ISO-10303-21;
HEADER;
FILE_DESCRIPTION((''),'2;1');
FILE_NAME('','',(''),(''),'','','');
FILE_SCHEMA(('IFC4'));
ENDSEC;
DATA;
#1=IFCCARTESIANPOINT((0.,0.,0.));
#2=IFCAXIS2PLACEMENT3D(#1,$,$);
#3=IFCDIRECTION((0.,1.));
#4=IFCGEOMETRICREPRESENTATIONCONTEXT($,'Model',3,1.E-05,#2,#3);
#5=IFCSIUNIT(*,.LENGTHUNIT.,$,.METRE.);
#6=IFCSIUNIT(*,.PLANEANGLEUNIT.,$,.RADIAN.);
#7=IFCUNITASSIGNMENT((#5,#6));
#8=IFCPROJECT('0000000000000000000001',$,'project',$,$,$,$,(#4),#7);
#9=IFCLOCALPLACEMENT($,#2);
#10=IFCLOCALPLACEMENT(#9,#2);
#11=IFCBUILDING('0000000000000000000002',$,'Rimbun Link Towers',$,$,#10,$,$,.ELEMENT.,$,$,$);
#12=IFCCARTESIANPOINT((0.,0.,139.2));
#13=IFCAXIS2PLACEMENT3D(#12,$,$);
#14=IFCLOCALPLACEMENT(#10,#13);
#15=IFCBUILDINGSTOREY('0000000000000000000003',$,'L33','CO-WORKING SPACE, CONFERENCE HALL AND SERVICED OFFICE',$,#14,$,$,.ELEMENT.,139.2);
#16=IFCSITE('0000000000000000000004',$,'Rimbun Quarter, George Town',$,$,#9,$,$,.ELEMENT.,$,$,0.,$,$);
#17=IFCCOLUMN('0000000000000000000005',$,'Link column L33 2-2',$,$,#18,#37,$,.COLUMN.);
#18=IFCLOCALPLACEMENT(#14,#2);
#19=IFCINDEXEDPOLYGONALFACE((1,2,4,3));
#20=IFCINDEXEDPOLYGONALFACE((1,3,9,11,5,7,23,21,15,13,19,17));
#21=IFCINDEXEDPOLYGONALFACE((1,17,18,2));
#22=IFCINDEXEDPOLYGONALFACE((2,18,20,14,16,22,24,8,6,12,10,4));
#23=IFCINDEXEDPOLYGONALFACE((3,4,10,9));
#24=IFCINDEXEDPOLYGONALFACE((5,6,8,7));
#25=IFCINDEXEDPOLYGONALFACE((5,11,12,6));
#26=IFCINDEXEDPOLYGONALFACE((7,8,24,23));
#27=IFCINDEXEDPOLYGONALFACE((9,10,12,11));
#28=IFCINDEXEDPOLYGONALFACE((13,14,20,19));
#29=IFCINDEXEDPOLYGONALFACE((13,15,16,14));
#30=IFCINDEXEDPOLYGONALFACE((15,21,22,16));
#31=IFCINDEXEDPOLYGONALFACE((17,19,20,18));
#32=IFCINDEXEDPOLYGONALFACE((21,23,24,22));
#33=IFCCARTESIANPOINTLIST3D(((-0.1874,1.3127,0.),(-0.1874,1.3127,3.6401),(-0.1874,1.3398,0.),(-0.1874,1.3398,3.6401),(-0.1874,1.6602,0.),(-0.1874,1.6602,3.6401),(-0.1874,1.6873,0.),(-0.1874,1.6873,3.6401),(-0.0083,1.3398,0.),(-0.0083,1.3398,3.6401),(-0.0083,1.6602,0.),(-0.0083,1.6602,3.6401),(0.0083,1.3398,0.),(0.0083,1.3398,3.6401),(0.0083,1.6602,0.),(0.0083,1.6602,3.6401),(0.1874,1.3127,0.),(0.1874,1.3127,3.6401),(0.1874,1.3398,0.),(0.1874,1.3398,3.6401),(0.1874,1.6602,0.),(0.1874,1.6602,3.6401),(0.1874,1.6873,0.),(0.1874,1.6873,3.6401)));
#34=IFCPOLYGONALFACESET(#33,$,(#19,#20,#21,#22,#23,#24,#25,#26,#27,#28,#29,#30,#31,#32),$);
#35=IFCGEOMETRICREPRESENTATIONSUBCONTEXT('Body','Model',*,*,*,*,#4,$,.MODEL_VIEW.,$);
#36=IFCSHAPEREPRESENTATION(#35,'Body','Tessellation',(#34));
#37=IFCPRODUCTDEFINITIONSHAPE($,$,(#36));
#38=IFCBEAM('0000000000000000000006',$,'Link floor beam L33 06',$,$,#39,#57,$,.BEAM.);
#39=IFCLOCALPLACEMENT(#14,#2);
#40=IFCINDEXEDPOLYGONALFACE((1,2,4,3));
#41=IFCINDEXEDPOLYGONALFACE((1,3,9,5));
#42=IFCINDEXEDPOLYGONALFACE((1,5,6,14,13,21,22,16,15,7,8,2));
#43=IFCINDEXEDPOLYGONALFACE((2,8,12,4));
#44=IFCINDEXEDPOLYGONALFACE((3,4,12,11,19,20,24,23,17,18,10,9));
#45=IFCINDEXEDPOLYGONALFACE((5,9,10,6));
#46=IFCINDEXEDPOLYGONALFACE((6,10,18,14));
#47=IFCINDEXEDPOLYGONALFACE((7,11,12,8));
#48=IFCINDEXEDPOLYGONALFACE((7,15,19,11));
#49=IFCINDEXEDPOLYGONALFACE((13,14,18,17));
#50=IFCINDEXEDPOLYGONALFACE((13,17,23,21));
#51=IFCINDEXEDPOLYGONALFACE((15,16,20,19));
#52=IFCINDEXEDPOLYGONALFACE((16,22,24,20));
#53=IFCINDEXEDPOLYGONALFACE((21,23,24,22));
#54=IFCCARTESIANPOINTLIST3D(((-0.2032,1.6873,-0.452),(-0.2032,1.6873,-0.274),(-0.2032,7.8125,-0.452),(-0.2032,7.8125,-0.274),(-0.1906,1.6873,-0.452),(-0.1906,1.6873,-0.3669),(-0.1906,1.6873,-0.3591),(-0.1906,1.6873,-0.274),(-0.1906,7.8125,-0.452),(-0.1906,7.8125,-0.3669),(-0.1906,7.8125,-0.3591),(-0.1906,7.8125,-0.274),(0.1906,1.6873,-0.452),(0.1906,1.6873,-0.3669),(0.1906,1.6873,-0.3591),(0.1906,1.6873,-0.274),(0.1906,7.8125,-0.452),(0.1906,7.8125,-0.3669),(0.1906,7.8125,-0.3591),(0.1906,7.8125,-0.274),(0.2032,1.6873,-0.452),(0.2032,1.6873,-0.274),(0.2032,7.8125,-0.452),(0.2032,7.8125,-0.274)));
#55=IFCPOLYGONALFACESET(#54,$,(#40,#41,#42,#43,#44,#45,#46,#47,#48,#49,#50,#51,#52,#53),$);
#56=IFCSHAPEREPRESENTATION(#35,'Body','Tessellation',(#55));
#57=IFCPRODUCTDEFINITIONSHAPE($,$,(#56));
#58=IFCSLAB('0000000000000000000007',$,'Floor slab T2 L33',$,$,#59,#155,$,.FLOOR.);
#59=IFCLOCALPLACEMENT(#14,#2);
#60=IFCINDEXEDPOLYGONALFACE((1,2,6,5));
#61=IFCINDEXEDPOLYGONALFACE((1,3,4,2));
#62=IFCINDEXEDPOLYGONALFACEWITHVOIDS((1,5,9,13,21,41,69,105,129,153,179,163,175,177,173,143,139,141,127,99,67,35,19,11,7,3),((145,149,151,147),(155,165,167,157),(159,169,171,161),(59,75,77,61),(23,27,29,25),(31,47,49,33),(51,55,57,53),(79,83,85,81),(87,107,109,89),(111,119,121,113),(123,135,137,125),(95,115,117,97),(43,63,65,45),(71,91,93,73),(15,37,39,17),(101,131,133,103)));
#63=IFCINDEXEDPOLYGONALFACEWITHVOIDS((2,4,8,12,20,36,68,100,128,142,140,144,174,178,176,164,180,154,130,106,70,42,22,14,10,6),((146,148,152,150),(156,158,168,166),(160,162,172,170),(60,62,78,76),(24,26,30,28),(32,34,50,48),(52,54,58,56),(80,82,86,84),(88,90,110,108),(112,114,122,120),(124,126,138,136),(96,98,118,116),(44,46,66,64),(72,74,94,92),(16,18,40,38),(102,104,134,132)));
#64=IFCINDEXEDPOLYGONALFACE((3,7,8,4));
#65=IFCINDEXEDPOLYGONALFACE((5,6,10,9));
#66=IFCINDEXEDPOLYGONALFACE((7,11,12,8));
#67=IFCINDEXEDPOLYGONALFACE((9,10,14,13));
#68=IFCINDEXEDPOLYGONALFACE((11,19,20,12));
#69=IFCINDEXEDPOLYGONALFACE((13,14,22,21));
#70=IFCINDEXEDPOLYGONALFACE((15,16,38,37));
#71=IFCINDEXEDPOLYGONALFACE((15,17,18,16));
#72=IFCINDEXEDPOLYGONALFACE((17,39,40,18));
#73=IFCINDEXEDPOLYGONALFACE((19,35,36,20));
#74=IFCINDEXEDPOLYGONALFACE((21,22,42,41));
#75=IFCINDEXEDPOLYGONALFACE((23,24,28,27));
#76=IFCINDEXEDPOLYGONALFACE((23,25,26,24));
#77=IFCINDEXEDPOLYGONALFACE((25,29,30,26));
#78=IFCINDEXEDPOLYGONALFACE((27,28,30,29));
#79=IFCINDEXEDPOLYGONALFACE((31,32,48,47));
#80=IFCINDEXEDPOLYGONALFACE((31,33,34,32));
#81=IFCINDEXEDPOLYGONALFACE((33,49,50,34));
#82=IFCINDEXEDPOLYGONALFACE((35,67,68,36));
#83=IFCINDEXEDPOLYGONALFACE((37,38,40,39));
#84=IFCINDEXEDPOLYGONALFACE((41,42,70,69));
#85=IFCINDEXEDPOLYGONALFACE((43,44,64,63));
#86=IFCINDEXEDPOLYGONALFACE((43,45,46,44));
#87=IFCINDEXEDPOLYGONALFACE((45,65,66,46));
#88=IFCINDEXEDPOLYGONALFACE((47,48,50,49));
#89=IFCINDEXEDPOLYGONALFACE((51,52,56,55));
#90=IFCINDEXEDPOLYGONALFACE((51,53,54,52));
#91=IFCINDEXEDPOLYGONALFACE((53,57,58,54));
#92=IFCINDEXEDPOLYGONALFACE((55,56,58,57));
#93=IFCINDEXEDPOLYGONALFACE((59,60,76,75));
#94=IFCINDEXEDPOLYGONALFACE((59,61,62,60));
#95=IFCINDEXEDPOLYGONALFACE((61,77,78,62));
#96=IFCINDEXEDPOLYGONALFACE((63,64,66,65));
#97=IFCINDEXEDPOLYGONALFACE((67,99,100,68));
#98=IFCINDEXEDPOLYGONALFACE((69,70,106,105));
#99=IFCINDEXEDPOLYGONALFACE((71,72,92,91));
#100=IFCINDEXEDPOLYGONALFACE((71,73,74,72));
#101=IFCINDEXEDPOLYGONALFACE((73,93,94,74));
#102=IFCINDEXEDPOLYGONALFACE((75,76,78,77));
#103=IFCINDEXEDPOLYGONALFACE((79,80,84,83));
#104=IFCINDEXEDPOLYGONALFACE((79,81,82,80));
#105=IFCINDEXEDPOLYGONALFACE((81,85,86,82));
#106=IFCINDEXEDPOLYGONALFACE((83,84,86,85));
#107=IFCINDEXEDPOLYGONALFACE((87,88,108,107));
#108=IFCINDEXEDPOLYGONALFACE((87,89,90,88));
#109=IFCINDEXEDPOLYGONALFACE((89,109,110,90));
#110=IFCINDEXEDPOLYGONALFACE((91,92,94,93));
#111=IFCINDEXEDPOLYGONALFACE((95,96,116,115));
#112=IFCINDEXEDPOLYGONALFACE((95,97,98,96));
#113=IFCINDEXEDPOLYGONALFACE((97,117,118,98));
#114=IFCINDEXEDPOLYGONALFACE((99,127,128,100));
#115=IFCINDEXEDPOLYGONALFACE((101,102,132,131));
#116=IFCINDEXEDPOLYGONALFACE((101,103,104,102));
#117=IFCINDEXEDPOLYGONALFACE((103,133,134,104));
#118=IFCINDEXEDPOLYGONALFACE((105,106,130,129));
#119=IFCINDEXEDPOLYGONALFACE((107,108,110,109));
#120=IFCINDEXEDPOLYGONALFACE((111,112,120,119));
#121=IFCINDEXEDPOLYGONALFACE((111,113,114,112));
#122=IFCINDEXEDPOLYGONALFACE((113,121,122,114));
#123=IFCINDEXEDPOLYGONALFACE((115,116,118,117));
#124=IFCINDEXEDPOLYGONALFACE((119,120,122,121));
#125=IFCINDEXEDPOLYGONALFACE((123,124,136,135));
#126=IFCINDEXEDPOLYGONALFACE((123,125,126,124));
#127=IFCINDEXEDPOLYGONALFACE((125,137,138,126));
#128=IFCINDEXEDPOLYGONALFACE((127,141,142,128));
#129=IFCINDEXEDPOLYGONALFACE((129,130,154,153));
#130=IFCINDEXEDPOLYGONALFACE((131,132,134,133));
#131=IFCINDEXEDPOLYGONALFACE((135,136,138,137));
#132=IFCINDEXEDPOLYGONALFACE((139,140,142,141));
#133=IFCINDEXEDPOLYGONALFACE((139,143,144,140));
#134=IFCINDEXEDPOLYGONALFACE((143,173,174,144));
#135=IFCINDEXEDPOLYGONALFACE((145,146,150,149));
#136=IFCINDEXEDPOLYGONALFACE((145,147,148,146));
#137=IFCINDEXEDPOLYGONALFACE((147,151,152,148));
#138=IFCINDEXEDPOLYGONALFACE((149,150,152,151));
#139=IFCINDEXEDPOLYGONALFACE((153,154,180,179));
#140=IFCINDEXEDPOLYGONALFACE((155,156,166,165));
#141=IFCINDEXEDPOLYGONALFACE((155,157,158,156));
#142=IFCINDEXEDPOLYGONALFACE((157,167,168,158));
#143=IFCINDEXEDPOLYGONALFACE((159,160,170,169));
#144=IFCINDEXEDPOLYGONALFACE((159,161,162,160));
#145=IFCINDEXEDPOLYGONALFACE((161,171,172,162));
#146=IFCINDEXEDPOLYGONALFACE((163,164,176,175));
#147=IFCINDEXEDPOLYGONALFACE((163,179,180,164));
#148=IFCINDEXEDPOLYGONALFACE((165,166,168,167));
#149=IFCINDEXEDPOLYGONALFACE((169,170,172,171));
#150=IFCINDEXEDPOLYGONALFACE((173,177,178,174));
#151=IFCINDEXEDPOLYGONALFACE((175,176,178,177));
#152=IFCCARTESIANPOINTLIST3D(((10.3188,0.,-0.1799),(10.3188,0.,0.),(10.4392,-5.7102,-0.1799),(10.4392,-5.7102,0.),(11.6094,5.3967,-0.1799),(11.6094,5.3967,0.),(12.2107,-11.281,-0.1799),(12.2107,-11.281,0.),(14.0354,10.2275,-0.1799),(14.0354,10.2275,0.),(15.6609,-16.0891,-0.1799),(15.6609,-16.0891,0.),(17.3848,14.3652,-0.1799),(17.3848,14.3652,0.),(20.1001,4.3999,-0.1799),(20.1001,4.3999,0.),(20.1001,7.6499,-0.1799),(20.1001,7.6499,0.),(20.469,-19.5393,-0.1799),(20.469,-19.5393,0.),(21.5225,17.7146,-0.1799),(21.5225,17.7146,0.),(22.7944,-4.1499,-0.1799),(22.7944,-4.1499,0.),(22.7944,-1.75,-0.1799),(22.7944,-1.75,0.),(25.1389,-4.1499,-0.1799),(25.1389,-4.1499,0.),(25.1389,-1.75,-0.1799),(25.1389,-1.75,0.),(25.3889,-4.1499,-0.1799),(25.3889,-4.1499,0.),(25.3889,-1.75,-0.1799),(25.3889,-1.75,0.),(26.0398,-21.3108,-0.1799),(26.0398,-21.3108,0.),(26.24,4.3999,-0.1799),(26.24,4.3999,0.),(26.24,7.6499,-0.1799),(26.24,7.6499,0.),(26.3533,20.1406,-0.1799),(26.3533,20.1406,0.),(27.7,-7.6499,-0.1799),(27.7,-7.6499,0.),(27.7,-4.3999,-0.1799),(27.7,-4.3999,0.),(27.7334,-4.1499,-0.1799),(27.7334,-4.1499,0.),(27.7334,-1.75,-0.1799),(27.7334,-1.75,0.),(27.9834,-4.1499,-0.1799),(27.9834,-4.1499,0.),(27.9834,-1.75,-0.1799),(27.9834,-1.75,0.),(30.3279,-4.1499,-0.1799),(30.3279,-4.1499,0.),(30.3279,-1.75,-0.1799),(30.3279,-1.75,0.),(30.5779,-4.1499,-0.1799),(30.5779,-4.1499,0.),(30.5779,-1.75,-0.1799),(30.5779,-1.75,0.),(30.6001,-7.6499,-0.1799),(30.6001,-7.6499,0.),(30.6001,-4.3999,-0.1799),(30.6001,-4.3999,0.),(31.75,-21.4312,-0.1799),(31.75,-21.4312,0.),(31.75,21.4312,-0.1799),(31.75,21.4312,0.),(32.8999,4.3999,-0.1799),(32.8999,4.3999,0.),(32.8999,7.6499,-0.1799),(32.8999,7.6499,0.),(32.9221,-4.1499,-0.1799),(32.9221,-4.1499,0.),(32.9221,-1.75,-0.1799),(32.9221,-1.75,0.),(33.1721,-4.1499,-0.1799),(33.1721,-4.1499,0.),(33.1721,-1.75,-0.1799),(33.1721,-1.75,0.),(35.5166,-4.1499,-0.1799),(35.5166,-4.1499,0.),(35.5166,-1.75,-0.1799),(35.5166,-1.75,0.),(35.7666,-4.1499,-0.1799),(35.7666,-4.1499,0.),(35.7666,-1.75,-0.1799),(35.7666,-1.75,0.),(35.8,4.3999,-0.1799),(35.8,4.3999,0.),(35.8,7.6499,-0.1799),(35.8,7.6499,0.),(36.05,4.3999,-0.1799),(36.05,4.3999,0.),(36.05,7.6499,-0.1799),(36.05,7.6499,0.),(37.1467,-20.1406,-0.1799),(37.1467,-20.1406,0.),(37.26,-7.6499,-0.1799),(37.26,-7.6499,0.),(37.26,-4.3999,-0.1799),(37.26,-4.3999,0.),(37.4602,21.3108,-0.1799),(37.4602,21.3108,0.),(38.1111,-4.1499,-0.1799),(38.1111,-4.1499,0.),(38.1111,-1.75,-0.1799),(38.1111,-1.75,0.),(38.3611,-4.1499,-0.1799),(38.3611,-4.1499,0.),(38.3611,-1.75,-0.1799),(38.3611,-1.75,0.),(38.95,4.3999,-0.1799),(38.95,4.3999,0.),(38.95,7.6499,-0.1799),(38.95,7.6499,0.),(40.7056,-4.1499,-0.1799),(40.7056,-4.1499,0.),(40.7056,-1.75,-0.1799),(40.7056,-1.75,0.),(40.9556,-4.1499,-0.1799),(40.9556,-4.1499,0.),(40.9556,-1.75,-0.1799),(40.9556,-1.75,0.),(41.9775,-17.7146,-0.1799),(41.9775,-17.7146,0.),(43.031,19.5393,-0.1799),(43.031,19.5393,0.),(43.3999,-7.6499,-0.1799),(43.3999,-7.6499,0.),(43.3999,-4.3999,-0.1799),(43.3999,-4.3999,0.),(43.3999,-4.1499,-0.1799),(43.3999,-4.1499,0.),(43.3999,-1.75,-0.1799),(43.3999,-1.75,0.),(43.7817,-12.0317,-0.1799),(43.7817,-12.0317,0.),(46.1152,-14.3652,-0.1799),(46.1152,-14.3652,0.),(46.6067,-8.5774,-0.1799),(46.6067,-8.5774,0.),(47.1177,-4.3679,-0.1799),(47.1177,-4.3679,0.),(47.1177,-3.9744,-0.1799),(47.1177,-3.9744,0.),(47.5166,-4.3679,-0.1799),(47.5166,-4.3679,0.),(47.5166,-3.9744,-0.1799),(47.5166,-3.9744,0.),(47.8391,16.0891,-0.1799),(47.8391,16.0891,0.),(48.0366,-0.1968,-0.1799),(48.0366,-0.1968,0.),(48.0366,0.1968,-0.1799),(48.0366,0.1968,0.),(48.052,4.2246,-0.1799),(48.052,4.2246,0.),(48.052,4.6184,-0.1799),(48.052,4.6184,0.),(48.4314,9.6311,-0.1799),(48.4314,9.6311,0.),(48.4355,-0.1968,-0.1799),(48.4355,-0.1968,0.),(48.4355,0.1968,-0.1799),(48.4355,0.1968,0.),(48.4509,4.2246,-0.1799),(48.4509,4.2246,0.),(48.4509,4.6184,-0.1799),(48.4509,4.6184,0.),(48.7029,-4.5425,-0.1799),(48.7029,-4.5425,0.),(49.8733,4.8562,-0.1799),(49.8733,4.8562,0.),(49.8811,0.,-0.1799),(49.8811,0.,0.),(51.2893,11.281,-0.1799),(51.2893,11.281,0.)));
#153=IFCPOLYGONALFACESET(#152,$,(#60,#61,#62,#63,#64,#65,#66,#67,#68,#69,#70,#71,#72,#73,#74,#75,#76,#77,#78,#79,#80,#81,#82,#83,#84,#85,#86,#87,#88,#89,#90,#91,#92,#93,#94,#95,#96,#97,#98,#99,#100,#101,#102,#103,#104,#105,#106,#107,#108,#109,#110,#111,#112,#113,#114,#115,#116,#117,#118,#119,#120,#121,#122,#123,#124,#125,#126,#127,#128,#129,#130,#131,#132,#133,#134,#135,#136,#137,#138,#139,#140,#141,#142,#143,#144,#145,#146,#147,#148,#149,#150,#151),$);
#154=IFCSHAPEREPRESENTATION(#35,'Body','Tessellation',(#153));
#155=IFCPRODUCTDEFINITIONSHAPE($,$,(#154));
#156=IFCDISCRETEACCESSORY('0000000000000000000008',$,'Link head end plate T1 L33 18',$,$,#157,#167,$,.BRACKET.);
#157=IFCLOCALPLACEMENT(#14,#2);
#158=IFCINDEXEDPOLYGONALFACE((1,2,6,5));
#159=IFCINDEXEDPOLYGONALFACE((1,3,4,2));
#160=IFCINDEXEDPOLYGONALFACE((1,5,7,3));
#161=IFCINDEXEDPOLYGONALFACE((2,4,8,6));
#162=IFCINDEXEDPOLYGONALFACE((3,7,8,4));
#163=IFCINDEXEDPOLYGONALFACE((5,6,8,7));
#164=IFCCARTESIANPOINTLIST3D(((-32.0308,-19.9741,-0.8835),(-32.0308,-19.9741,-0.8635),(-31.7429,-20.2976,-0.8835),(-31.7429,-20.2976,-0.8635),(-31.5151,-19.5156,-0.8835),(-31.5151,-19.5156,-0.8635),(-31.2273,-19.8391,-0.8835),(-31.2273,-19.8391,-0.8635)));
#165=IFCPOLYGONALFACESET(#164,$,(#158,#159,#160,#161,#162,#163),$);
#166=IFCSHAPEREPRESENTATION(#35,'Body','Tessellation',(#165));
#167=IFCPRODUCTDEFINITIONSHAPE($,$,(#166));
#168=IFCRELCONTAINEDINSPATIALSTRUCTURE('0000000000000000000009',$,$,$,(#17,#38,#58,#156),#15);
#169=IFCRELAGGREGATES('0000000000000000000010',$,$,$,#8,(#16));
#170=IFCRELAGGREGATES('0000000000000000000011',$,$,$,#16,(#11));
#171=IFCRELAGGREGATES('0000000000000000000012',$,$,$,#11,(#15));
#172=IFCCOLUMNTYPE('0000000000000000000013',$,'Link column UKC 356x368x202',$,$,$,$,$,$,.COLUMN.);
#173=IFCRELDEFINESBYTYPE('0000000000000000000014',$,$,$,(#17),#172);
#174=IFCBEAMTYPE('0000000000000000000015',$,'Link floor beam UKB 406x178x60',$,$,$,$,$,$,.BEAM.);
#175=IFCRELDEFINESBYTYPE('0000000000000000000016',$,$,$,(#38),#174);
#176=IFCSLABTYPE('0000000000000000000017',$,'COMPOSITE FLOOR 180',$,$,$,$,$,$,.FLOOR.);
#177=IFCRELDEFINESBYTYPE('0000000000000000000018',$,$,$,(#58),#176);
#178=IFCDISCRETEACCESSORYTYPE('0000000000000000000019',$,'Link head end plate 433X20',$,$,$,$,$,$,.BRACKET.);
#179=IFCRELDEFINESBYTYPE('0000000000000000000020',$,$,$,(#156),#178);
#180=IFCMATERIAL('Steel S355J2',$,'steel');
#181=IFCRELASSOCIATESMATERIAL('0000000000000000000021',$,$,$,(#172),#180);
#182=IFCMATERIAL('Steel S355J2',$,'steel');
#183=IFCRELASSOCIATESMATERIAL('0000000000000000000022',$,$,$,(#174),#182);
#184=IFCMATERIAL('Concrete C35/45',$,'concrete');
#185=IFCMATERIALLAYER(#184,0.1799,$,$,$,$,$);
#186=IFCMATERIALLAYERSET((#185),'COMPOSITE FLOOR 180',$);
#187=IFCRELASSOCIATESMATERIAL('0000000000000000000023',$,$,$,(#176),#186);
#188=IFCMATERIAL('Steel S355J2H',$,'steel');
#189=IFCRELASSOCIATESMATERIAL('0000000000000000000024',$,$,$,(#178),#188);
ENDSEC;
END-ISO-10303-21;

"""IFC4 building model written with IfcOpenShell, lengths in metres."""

from ifc_helpers import new_model, si_unit, direction, frame, origin, origin_2d, place, context, subcontext, project, spatial, polyline, rectangle, i_section, outline, extrude, material, layer, layer_set, material_profile, profile_set, type_object, element, save


model = new_model("IFC4")

# Units and contexts
model_context = context("Model", 3, precision=1e-05, world=origin(), true_north=direction((0.0, 1.0)))
body_context = subcontext(model_context, "Body", "Model", "MODEL_VIEW")
ifc_project = project(units=[si_unit("LENGTHUNIT", "METRE"), si_unit("PLANEANGLEUNIT", "RADIAN")], contexts=[model_context])

# Site, building, storey
site_placement = place(None, origin())
site = spatial("IfcSite", under=ifc_project, at=site_placement, Name="Rimbun Quarter, George Town", CompositionType="ELEMENT", RefElevation=0.0)
building_placement = place(site_placement, origin())
building = spatial("IfcBuilding", under=site, at=building_placement, Name="Rimbun Link Towers", CompositionType="ELEMENT")
storey_placement = place(building_placement, frame((0.0, 0.0, 139.2)))
storey = spatial("IfcBuildingStorey", under=building, at=storey_placement, Name="L33", Description="CO-WORKING SPACE, CONFERENCE HALL AND SERVICED OFFICE", CompositionType="ELEMENT", Elevation=139.2)

# Column
ifc_material_1 = material(Name="Steel S355J2", Category="steel")
ifc_material_profile_1 = material_profile(ifc_material_1, i_section(OverallWidth=0.3748, OverallDepth=0.3745, WebThickness=0.0166, FlangeThickness=0.0271, at=origin_2d()), Name="UKC 356x368x202")
ifc_profile_set_1 = profile_set([ifc_material_profile_1], Name="Steel S355J2")
column_type = type_object("IfcColumnType", Name="Link column UKC 356x368x202", PredefinedType="COLUMN", material=ifc_profile_set_1)
column_placement = place(storey_placement, frame((0.0, 1.5, 0.0), z_axis=(0.0, 0.0, 1.0), x_axis=(1.0, 0.0, 0.0)))
element("IfcColumn", 1, at=column_placement, inside=storey, type_object=column_type, Name="Link column L33 2-2", PredefinedType="COLUMN", context=body_context, shape_type="SweptSolid", body=[
    extrude(i_section(OverallWidth=0.3748, OverallDepth=0.3745, WebThickness=0.0166, FlangeThickness=0.0271, at=origin_2d()), origin(), (0.0, 0.0, 1.0), 3.6401),
])

# Beam
ifc_material_2 = material(Name="Steel S355J2", Category="steel")
ifc_material_profile_2 = material_profile(ifc_material_2, i_section(OverallWidth=0.178, OverallDepth=0.4065, WebThickness=0.0078, FlangeThickness=0.0127, at=origin_2d()), Name="UKB 406x178x60")
ifc_profile_set_2 = profile_set([ifc_material_profile_2], Name="Steel S355J2")
beam_type = type_object("IfcBeamType", Name="Link floor beam UKB 406x178x60", PredefinedType="BEAM", material=ifc_profile_set_2)
beam_placement = place(storey_placement, frame((0.0, 1.6873, -0.363), z_axis=(0.0, 1.0, 0.0), x_axis=(0.0, 0.0, 1.0)))
element("IfcBeam", 2, at=beam_placement, inside=storey, type_object=beam_type, Name="Link floor beam L33 06", PredefinedType="BEAM", context=body_context, shape_type="SweptSolid", body=[
    extrude(i_section(OverallWidth=0.178, OverallDepth=0.4065, WebThickness=0.0078, FlangeThickness=0.0127, at=origin_2d()), origin(), (0.0, 0.0, 1.0), 6.1252),
])

# Slab
ifc_material_3 = material(Name="Concrete C35/45", Category="concrete")
ifc_layer_1 = layer(ifc_material_3, 0.1799)
ifc_layer_set_1 = layer_set([ifc_layer_1], Name="COMPOSITE FLOOR 180")
slab_type_1 = type_object("IfcSlabType", Name="COMPOSITE FLOOR 180", PredefinedType="FLOOR", material=ifc_layer_set_1)
slab_1_placement = place(storey_placement, frame((0.0, 0.0, -0.1799)))
element("IfcSlab", 3, at=slab_1_placement, inside=storey, type_object=slab_type_1, Name="Floor slab T2 L33", PredefinedType="FLOOR", context=body_context, shape_type="SweptSolid", body=[
    extrude(outline(polyline([(41.9775, -17.7146), (37.1467, -20.1406), (31.75, -21.4312), (26.0398, -21.3108), (20.469, -19.5393), (15.6609, -16.0891), (12.2107, -11.281), (10.4392, -5.7102), (10.3188, 0.0), (11.6094, 5.3967), (14.0354, 10.2275), (17.3848, 14.3652), (21.5225, 17.7146), (26.3533, 20.1406), (31.75, 21.4312), (37.4602, 21.3108), (43.031, 19.5393), (47.8391, 16.0891), (51.2893, 11.281), (48.4314, 9.6311), (49.8733, 4.8562), (49.8811, 0.0), (48.7029, -4.5425), (46.6067, -8.5774), (43.7817, -12.0317), (46.1152, -14.3652), (41.9775, -17.7146)]), holes=[polyline([(30.6001, -7.6499), (30.6001, -4.3999), (27.7, -4.3999), (27.7, -7.6499), (30.6001, -7.6499)]), polyline([(25.1389, -4.1499), (25.1389, -1.75), (22.7944, -1.75), (22.7944, -4.1499), (25.1389, -4.1499)]), polyline([(27.7334, -4.1499), (27.7334, -1.75), (25.3889, -1.75), (25.3889, -4.1499), (27.7334, -4.1499)]), polyline([(30.3279, -4.1499), (30.3279, -1.75), (27.9834, -1.75), (27.9834, -4.1499), (30.3279, -4.1499)]), polyline([(32.9221, -4.1499), (32.9221, -1.75), (30.5779, -1.75), (30.5779, -4.1499), (32.9221, -4.1499)]), polyline([(35.5166, -4.1499), (35.5166, -1.75), (33.1721, -1.75), (33.1721, -4.1499), (35.5166, -4.1499)]), polyline([(26.24, 4.3999), (26.24, 7.6499), (20.1001, 7.6499), (20.1001, 4.3999), (26.24, 4.3999)]), polyline([(35.8, 4.3999), (35.8, 7.6499), (32.8999, 7.6499), (32.8999, 4.3999), (35.8, 4.3999)]), polyline([(43.3999, -7.6499), (43.3999, -4.3999), (37.26, -4.3999), (37.26, -7.6499), (43.3999, -7.6499)]), polyline([(47.5166, -4.3679), (47.5166, -3.9744), (47.1177, -3.9744), (47.1177, -4.3679), (47.5166, -4.3679)]), polyline([(38.1111, -4.1499), (38.1111, -1.75), (35.7666, -1.75), (35.7666, -4.1499), (38.1111, -4.1499)]), polyline([(40.7056, -4.1499), (40.7056, -1.75), (38.3611, -1.75), (38.3611, -4.1499), (40.7056, -4.1499)]), polyline([(43.3999, -4.1499), (43.3999, -1.75), (40.9556, -1.75), (40.9556, -4.1499), (43.3999, -4.1499)]), polyline([(48.4355, -0.1968), (48.4355, 0.1968), (48.0366, 0.1968), (48.0366, -0.1968), (48.4355, -0.1968)]), polyline([(48.4509, 4.2246), (48.4509, 4.6184), (48.052, 4.6184), (48.052, 4.2246), (48.4509, 4.2246)]), polyline([(38.95, 4.3999), (38.95, 7.6499), (36.05, 7.6499), (36.05, 4.3999), (38.95, 4.3999)])]), origin(), (0.0, 0.0, 1.0), 0.1799),
])

# Discrete accessory
ifc_material_4 = material(Name="Steel S355J2H", Category="steel")
ifc_material_profile_3 = material_profile(ifc_material_4, rectangle(XDim=0.4331, YDim=0.4331, at=origin_2d()), Name="PL 433x433")
ifc_profile_set_3 = profile_set([ifc_material_profile_3], Name="Steel S355J2H")
discrete_accessory_type = type_object("IfcDiscreteAccessoryType", Name="Link head end plate 433X20", PredefinedType="BRACKET", material=ifc_profile_set_3)
discrete_accessory_1_placement = place(storey_placement, frame((0.0, 0.0, -0.8835)))
element("IfcDiscreteAccessory", 4, at=discrete_accessory_1_placement, inside=storey, type_object=discrete_accessory_type, Name="Link head end plate T1 L33 18", PredefinedType="BRACKET", context=body_context, shape_type="SweptSolid", body=[
    extrude(outline(polyline([(-31.5151, -19.5156), (-32.0308, -19.9741), (-31.7429, -20.2976), (-31.2273, -19.8391), (-31.5151, -19.5156)])), origin(), (0.0, 0.0, 1.0), 0.02),
])

save(model, "model.ifc")
